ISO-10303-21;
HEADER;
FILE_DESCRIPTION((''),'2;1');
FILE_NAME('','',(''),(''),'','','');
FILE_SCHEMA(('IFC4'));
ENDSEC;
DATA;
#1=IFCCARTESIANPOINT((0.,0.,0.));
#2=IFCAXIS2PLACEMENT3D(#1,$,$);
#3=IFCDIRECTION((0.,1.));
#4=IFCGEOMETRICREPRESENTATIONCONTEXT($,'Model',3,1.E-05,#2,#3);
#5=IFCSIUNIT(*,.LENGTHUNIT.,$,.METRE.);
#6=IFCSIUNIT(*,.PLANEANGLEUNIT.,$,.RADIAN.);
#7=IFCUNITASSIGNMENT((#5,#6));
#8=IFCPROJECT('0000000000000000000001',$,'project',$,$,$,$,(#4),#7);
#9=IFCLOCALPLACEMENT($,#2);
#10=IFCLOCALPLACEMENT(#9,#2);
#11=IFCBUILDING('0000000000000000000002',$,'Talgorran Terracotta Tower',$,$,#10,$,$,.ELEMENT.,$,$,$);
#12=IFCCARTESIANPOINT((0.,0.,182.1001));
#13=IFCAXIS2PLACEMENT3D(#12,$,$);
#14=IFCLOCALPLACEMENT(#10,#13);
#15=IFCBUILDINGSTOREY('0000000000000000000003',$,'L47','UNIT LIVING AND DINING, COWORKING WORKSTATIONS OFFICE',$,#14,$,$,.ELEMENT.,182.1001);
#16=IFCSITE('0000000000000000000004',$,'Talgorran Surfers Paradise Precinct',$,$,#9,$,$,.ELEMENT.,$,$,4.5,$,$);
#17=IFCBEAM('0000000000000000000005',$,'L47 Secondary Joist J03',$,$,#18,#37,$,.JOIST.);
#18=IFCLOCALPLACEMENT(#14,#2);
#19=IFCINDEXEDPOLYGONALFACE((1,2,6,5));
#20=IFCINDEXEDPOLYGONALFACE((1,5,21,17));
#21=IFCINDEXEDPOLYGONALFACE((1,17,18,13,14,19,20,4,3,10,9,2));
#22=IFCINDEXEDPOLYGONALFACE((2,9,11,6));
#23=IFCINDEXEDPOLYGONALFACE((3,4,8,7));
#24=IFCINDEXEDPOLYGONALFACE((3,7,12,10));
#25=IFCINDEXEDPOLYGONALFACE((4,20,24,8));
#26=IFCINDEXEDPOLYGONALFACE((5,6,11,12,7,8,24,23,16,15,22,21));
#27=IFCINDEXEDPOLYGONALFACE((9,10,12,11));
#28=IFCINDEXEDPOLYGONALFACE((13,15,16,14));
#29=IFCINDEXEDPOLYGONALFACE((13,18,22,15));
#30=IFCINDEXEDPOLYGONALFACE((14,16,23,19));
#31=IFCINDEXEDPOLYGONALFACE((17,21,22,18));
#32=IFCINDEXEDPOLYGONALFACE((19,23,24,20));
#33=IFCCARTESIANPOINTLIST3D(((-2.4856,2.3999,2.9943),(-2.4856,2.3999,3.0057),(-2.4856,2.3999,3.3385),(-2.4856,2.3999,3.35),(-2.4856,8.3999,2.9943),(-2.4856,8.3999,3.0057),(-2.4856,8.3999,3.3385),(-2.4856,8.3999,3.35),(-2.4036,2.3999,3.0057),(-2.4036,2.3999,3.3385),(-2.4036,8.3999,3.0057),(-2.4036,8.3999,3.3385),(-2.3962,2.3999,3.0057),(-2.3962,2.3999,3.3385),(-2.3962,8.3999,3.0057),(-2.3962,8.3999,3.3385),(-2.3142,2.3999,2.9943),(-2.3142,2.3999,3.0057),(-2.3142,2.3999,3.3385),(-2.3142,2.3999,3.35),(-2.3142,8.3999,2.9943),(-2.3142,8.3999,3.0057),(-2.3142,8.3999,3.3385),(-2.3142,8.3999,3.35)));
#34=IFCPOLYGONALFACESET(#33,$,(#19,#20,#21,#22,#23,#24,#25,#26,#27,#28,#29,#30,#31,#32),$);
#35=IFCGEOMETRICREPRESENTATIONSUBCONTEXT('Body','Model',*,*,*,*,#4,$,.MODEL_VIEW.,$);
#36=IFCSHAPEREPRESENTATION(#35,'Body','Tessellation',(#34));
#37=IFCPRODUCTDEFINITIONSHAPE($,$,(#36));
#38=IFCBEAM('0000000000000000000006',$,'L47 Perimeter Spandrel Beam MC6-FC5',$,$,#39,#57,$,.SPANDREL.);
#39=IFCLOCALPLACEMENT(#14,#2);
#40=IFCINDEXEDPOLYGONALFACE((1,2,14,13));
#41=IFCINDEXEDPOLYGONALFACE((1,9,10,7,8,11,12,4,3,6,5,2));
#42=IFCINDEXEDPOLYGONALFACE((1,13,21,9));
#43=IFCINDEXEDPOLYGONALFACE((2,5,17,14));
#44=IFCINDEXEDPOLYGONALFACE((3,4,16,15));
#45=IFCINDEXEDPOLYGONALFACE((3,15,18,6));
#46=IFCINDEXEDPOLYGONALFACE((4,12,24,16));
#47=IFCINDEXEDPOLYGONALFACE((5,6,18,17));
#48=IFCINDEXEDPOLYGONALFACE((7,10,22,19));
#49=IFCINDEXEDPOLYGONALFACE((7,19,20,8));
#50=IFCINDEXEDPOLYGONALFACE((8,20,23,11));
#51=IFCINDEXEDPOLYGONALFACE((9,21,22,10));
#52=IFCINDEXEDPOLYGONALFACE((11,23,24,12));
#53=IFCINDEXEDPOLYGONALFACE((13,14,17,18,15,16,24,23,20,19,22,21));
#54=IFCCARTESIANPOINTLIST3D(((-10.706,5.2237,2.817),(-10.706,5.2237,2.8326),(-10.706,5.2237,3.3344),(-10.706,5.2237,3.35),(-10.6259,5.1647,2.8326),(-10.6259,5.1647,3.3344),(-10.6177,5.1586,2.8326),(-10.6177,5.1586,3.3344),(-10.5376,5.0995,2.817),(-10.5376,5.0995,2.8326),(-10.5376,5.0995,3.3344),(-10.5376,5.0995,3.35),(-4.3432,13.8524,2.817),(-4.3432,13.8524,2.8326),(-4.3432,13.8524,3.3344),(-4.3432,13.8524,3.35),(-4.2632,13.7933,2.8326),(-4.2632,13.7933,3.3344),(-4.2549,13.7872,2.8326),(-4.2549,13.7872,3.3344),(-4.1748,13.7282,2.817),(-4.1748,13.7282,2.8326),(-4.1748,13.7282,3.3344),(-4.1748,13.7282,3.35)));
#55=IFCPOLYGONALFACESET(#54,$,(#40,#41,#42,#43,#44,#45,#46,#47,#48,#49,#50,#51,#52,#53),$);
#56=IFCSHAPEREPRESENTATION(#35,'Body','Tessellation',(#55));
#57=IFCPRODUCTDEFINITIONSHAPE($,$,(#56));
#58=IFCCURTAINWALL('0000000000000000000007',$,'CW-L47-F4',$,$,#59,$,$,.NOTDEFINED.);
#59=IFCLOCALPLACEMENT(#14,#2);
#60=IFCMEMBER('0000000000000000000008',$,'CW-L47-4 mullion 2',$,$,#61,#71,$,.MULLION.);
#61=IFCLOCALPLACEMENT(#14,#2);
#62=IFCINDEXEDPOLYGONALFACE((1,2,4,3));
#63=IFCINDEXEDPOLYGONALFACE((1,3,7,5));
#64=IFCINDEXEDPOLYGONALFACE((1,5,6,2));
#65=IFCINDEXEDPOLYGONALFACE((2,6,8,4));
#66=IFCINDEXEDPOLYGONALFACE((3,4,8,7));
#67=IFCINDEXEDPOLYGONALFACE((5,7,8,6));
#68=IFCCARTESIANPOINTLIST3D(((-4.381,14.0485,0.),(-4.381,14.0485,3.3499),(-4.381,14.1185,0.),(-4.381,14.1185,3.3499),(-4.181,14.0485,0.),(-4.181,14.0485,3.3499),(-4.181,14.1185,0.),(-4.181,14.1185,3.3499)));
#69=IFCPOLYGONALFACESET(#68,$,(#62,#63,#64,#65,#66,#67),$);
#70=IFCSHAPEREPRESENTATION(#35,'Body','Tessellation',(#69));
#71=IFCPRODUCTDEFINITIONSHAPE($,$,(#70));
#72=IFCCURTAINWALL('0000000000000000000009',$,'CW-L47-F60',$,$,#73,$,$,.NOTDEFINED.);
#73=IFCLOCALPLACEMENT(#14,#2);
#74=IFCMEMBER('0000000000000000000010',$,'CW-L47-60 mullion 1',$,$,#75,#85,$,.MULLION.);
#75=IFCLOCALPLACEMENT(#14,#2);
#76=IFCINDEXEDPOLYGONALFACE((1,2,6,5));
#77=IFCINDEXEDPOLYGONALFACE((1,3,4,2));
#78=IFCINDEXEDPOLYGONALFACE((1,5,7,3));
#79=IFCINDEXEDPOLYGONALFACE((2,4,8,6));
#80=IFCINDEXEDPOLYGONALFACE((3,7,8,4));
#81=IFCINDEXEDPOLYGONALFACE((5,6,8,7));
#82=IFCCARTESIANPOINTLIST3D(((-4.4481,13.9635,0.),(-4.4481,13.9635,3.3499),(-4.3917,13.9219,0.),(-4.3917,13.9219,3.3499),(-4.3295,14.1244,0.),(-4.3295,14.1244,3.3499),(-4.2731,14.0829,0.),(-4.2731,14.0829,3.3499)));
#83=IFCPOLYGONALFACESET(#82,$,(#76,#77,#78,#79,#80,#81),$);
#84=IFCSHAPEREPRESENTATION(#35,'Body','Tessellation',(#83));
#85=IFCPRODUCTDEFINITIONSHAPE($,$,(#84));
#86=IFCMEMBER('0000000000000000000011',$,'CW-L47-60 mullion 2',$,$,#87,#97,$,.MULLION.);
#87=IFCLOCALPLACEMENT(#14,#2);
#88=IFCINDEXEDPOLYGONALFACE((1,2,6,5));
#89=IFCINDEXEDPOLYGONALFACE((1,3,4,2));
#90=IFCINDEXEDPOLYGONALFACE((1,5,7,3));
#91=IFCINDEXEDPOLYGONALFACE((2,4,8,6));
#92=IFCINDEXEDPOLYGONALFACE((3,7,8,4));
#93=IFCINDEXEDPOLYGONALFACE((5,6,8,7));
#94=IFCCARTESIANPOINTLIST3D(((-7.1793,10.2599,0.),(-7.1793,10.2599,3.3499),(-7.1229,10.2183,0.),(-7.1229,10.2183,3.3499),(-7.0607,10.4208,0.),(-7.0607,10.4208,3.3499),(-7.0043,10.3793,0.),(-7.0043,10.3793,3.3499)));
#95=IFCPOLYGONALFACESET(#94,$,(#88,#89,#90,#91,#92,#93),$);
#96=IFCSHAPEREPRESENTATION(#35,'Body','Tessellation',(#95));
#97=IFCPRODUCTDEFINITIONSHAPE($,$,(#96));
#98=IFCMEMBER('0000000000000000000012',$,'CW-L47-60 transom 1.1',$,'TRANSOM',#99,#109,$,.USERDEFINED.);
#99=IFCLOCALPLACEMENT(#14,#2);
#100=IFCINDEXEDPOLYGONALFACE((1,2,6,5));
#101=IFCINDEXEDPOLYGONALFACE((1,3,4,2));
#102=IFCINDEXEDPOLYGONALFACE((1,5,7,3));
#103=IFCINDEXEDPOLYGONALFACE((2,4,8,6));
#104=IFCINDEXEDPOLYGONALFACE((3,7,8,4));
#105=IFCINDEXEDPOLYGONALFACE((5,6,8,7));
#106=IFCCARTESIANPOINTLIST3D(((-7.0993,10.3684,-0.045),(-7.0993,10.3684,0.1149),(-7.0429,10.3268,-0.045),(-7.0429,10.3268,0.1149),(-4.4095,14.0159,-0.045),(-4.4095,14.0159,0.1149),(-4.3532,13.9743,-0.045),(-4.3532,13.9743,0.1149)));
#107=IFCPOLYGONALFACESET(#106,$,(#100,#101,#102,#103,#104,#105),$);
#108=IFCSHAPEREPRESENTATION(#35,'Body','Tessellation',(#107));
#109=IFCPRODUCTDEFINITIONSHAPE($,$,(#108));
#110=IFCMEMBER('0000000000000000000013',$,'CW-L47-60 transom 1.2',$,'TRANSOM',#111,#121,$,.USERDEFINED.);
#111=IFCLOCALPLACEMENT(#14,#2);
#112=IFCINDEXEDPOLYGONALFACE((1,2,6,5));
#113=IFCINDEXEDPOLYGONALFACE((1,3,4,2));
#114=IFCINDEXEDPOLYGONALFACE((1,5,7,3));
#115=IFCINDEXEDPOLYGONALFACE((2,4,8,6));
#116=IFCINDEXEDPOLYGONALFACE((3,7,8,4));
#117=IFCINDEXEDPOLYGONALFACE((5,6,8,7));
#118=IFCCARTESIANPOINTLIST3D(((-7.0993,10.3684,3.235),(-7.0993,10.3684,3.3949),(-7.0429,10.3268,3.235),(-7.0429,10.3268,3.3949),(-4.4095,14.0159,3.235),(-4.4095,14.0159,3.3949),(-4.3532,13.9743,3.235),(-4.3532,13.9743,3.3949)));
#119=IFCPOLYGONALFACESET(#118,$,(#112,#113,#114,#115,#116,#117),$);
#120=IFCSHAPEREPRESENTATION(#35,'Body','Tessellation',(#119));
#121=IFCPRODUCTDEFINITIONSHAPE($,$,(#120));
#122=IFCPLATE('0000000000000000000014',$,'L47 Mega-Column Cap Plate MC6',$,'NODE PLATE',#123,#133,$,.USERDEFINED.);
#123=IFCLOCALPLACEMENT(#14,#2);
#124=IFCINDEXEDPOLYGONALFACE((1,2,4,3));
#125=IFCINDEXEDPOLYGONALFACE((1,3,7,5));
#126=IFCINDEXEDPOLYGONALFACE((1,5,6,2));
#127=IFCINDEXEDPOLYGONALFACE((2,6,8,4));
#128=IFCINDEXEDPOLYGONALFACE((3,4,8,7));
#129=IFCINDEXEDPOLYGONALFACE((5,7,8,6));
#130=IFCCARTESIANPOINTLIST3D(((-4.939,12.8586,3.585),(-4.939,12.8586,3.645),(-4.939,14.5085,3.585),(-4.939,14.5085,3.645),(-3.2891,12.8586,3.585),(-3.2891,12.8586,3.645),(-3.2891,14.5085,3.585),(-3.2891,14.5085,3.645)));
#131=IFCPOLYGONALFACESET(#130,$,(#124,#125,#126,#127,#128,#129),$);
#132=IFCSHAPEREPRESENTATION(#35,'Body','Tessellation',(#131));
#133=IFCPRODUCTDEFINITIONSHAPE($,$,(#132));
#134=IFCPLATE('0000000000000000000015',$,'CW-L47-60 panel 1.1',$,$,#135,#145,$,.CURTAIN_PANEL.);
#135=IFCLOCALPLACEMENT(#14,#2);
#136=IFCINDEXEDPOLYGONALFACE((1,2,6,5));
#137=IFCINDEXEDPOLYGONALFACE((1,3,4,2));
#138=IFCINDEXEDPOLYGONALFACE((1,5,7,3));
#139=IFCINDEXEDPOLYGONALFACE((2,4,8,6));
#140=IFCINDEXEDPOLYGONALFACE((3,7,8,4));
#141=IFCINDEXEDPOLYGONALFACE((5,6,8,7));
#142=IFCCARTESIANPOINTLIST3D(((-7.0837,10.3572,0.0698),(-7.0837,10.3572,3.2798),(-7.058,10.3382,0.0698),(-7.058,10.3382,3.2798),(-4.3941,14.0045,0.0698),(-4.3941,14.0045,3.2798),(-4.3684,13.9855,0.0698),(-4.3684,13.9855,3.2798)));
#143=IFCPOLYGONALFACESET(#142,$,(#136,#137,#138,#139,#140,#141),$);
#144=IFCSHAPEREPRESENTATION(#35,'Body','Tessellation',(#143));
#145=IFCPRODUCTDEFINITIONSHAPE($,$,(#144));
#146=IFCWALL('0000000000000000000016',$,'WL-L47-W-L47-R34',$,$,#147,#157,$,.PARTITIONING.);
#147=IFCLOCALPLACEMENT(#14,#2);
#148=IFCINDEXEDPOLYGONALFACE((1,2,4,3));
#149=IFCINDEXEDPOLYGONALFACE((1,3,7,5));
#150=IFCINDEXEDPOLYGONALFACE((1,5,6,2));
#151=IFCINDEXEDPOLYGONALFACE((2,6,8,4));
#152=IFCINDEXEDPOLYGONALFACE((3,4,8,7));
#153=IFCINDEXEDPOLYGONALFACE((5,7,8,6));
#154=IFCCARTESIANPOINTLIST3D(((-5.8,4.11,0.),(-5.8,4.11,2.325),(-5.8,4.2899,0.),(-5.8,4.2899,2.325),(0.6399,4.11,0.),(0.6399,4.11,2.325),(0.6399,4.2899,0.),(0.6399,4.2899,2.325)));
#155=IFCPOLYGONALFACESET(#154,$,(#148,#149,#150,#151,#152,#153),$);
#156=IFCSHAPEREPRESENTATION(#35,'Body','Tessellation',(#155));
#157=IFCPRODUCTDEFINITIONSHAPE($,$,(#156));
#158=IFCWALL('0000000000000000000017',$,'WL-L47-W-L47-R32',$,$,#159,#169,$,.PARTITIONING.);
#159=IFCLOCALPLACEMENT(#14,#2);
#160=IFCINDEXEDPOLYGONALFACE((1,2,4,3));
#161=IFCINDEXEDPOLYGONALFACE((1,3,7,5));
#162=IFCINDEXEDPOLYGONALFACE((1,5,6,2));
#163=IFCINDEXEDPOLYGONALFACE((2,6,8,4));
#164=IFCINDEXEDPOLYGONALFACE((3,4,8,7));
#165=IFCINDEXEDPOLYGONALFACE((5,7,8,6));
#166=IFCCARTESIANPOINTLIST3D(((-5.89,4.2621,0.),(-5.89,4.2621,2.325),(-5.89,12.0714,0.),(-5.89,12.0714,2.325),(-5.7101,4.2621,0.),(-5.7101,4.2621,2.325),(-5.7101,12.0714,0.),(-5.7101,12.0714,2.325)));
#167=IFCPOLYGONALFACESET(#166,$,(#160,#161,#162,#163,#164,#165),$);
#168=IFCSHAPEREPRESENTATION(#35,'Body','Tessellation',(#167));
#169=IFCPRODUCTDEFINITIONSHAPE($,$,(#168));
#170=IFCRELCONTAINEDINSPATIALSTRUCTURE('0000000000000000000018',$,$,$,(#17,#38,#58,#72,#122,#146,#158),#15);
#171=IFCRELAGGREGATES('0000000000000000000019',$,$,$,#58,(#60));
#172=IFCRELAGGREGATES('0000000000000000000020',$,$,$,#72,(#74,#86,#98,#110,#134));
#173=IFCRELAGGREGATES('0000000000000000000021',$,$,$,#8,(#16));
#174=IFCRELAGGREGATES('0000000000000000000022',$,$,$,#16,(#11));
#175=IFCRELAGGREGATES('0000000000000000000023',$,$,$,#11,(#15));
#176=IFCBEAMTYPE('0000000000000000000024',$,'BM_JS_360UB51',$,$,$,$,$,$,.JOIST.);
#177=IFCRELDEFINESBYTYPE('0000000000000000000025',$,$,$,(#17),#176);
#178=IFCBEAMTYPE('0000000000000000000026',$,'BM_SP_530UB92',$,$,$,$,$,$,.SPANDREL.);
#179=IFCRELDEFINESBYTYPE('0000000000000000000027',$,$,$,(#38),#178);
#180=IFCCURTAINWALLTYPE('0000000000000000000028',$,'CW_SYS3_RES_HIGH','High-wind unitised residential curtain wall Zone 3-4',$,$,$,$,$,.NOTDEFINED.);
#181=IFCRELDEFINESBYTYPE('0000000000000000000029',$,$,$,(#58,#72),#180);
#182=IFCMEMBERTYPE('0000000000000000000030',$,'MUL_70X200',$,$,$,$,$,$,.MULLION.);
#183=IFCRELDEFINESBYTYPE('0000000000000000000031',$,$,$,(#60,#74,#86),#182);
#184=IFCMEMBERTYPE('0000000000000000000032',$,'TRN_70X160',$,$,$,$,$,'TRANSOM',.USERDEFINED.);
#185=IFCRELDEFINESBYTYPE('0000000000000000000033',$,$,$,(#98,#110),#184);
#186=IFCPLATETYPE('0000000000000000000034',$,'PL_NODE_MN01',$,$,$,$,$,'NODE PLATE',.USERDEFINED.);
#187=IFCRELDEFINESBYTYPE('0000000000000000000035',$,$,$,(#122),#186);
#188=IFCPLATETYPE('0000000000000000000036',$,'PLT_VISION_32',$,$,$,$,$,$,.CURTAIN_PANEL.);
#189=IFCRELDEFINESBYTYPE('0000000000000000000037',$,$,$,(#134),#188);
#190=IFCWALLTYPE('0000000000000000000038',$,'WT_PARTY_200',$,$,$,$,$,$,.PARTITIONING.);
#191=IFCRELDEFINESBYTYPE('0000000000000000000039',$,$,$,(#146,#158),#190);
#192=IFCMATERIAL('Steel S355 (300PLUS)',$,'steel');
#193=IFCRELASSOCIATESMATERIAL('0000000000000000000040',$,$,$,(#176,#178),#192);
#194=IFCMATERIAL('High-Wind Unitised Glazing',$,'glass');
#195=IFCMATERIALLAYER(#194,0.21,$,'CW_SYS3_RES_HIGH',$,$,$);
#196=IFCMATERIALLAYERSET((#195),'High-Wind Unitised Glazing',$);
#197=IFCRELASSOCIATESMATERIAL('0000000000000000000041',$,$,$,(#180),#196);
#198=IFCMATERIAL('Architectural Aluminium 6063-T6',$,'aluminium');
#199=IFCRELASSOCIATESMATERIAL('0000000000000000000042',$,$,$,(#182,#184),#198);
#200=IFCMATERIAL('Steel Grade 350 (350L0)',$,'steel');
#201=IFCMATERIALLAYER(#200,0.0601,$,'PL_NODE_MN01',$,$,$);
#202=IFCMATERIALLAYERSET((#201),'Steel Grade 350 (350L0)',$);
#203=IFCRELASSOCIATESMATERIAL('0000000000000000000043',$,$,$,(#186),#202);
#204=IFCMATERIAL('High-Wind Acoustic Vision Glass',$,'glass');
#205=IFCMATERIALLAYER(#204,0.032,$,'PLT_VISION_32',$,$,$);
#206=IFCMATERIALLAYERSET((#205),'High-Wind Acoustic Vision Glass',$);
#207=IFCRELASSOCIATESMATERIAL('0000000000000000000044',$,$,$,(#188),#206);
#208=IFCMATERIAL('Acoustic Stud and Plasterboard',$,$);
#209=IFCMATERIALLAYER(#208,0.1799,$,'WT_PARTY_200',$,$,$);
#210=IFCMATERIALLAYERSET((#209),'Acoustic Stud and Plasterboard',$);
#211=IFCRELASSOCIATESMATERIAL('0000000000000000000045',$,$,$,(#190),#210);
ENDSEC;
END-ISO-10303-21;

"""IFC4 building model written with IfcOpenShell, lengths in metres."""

from ifc_helpers import new_model, si_unit, direction, frame, frame_2d, origin, origin_2d, place, context, subcontext, project, spatial, rectangle, i_section, extrude, source, transform, mapped, material, layer, layer_set, material_profile, profile_set, type_object, type_shapes, element, aggregate, save


model = new_model("IFC4")

# Units and contexts
model_context = context("Model", 3, precision=1e-05, world=origin(), true_north=direction((0.0, 1.0)))
body_context = subcontext(model_context, "Body", "Model", "MODEL_VIEW")
ifc_project = project(units=[si_unit("LENGTHUNIT", "METRE"), si_unit("PLANEANGLEUNIT", "RADIAN")], contexts=[model_context])

# Site, building, storey
site_placement = place(None, origin())
site = spatial("IfcSite", under=ifc_project, at=site_placement, Name="Talgorran Surfers Paradise Precinct", CompositionType="ELEMENT", RefElevation=4.5)
building_placement = place(site_placement, origin())
building = spatial("IfcBuilding", under=site, at=building_placement, Name="Talgorran Terracotta Tower", CompositionType="ELEMENT")
storey_placement = place(building_placement, frame((0.0, 0.0, 182.1001)))
storey = spatial("IfcBuildingStorey", under=building, at=storey_placement, Name="L47", Description="UNIT LIVING AND DINING, COWORKING WORKSTATIONS OFFICE", CompositionType="ELEMENT", Elevation=182.1001)

# Shared definitions
ifc_material_1 = material(Name="Steel S355 (300PLUS)", Category="steel")
ifc_material_2 = material(Name="Steel Grade 350 (350L0)", Category="steel")

# Beams
ifc_material_profile_1 = material_profile(ifc_material_1, i_section(OverallWidth=0.1714, OverallDepth=0.3557, WebThickness=0.0073, FlangeThickness=0.0115, at=origin_2d()), Name="360UB50.7")
ifc_profile_set_1 = profile_set([ifc_material_profile_1], Name="Steel S355 (300PLUS)")
beam_type_1 = type_object("IfcBeamType", Name="BM_JS_360UB51", PredefinedType="JOIST", material=ifc_profile_set_1)
beam_1_placement = place(storey_placement, frame((-2.3999, 2.3999, 3.1721), z_axis=(0.0, 1.0, 0.0), x_axis=(-1.0, 0.0, 0.0)))
element("IfcBeam", 1, at=beam_1_placement, inside=storey, type_object=beam_type_1, Name="L47 Secondary Joist J03", PredefinedType="JOIST", context=body_context, shape_type="SweptSolid", body=[
    extrude(i_section(OverallWidth=0.1714, OverallDepth=0.3557, WebThickness=0.0073, FlangeThickness=0.0115, at=origin_2d()), origin(), (0.0, 0.0, 1.0), 6.0),
])
ifc_material_profile_2 = material_profile(ifc_material_1, i_section(OverallWidth=0.2092, OverallDepth=0.533, WebThickness=0.0103, FlangeThickness=0.0156, at=origin_2d()), Name="530UB92.4")
ifc_profile_set_2 = profile_set([ifc_material_profile_2], Name="Steel S355 (300PLUS)")
beam_type_2 = type_object("IfcBeamType", Name="BM_SP_530UB92", PredefinedType="SPANDREL", material=ifc_profile_set_2)
beam_2_placement = place(storey_placement, frame((-4.259, 13.7903, 3.0835), z_axis=(-0.593491, -0.804841, 0.0), x_axis=(0.804841, -0.593491, 0.0)))
element("IfcBeam", 2, at=beam_2_placement, inside=storey, type_object=beam_type_2, Name="L47 Perimeter Spandrel Beam MC6-FC5", PredefinedType="SPANDREL", context=body_context, shape_type="SweptSolid", body=[
    extrude(i_section(OverallWidth=0.2092, OverallDepth=0.533, WebThickness=0.0103, FlangeThickness=0.0156, at=origin_2d()), origin(), (0.0, 0.0, 1.0), 10.7209),
])

# Curtain wall, member
ifc_material_3 = material(Name="High-Wind Unitised Glazing", Category="glass")
ifc_layer_1 = layer(ifc_material_3, 0.21, Name="CW_SYS3_RES_HIGH")
ifc_layer_set_1 = layer_set([ifc_layer_1], Name="High-Wind Unitised Glazing")
curtain_wall_type = type_object("IfcCurtainWallType", Name="CW_SYS3_RES_HIGH", Description="High-wind unitised residential curtain wall Zone 3-4", PredefinedType="NOTDEFINED", material=ifc_layer_set_1)
curtain_wall_1_placement = place(storey_placement, origin())
curtain_wall_1 = element("IfcCurtainWall", 3, at=curtain_wall_1_placement, inside=storey, type_object=curtain_wall_type, Name="CW-L47-F4", PredefinedType="NOTDEFINED")
ifc_material_4 = material(Name="Architectural Aluminium 6063-T6", Category="aluminium")
ifc_material_profile_3 = material_profile(ifc_material_4, rectangle(XDim=0.0701, YDim=0.2, at=origin_2d()), Name="CWM70X200")
ifc_profile_set_3 = profile_set([ifc_material_profile_3], Name="Architectural Aluminium 6063-T6")
member_type_1 = type_object("IfcMemberType", Name="MUL_70X200", PredefinedType="MULLION", material=ifc_profile_set_3)
member_1_placement = place(storey_placement, frame((-4.281, 14.0835, 0.0), z_axis=(0.0, 0.0, 1.0), x_axis=(0.0, -1.0, 0.0)))
member_1 = element("IfcMember", 4, at=member_1_placement, type_object=member_type_1, Name="CW-L47-4 mullion 2", PredefinedType="MULLION", context=body_context, shape_type="SweptSolid", body=[
    extrude(rectangle(XDim=0.0701, YDim=0.2, at=origin_2d()), origin(), (0.0, 0.0, 1.0), 3.3499),
])
aggregate(curtain_wall_1, [member_1])

# Curtain wall, members
curtain_wall_2_placement = place(storey_placement, origin())
curtain_wall_2 = element("IfcCurtainWall", 5, at=curtain_wall_2_placement, inside=storey, type_object=curtain_wall_type, Name="CW-L47-F60", PredefinedType="NOTDEFINED")
member_2_placement = place(storey_placement, frame((-4.3606, 14.0232, 0.0), z_axis=(0.0, 0.0, 1.0), x_axis=(0.804834, -0.593501, 0.0)))
member_2 = element("IfcMember", 6, at=member_2_placement, type_object=member_type_1, Name="CW-L47-60 mullion 1", PredefinedType="MULLION", context=body_context, shape_type="SweptSolid", body=[
    extrude(rectangle(XDim=0.0701, YDim=0.2, at=origin_2d()), origin(), (0.0, 0.0, 1.0), 3.3499),
])
member_3_placement = place(storey_placement, frame((-7.0918, 10.3196, 0.0), z_axis=(0.0, 0.0, 1.0), x_axis=(0.804834, -0.593501, 0.0)))
member_3 = element("IfcMember", 7, at=member_3_placement, type_object=member_type_1, Name="CW-L47-60 mullion 2", PredefinedType="MULLION", context=body_context, shape_type="SweptSolid", body=[
    extrude(rectangle(XDim=0.0701, YDim=0.2, at=origin_2d()), origin(), (0.0, 0.0, 1.0), 3.3499),
])
ifc_material_profile_4 = material_profile(ifc_material_4, rectangle(XDim=0.0701, YDim=0.1599, at=origin_2d()), Name="CWT70X160")
ifc_profile_set_4 = profile_set([ifc_material_profile_4], Name="Architectural Aluminium 6063-T6")
member_type_2 = type_object("IfcMemberType", Name="TRN_70X160", ElementType="TRANSOM", PredefinedType="USERDEFINED", material=ifc_profile_set_4)
member_4_placement = place(storey_placement, frame((-4.3813, 13.9951, 0.0349), z_axis=(-0.593499, -0.804835, 0.0), x_axis=(0.804835, -0.593499, 0.0)))
member_4 = element("IfcMember", 8, at=member_4_placement, type_object=member_type_2, Name="CW-L47-60 transom 1.1", ObjectType="TRANSOM", PredefinedType="USERDEFINED", context=body_context, shape_type="SweptSolid", body=[
    extrude(rectangle(XDim=0.0701, YDim=0.1599, at=origin_2d()), origin(), (0.0, 0.0, 1.0), 4.532),
])
member_5_placement = place(storey_placement, frame((-4.3813, 13.9951, 3.3149), z_axis=(-0.593499, -0.804835, 0.0), x_axis=(0.804835, -0.593499, 0.0)))
member_5 = element("IfcMember", 9, at=member_5_placement, type_object=member_type_2, Name="CW-L47-60 transom 1.2", ObjectType="TRANSOM", PredefinedType="USERDEFINED", context=body_context, shape_type="SweptSolid", body=[
    extrude(rectangle(XDim=0.0701, YDim=0.1599, at=origin_2d()), origin(), (0.0, 0.0, 1.0), 4.532),
])

# Plates
ifc_layer_2 = layer(ifc_material_2, 0.0601, Name="PL_NODE_MN01")
ifc_layer_set_2 = layer_set([ifc_layer_2], Name="Steel Grade 350 (350L0)")
plate_type_1 = type_object("IfcPlateType", Name="PL_NODE_MN01", ElementType="NODE PLATE", PredefinedType="USERDEFINED", material=ifc_layer_set_2)
plate_1_placement = place(storey_placement, frame((-4.114, 13.6836, 3.585), z_axis=(0.0, 0.0, 1.0), x_axis=(1.0, 0.0, 0.0)))
element("IfcPlate", 10, at=plate_1_placement, inside=storey, type_object=plate_type_1, Name="L47 Mega-Column Cap Plate MC6", ObjectType="NODE PLATE", PredefinedType="USERDEFINED", context=body_context, shape_type="SweptSolid", body=[
    extrude(rectangle(XDim=1.6499, YDim=1.6499, at=origin_2d()), origin(), (0.0, 0.0, 1.0), 0.0601),
])
ifc_material_5 = material(Name="High-Wind Acoustic Vision Glass", Category="glass")
ifc_layer_3 = layer(ifc_material_5, 0.032, Name="PLT_VISION_32")
ifc_layer_set_3 = layer_set([ifc_layer_3], Name="High-Wind Acoustic Vision Glass")
plate_type_2 = type_object("IfcPlateType", Name="PLT_VISION_32", PredefinedType="CURTAIN_PANEL", material=ifc_layer_set_3)
shared_shape = source(origin(), body_context, "Body", "SweptSolid", [
    extrude(rectangle(XDim=4.5317, YDim=0.032, at=origin_2d()), origin(), (0.0, 0.0, 1.0), 3.21),
])
type_shapes(plate_type_2, [shared_shape])
plate_2_placement = place(storey_placement, frame((-5.7261, 12.1714, 0.0698), z_axis=(0.0, 0.0, 1.0), x_axis=(-0.593501, -0.804834, 0.0)))
plate_2 = element("IfcPlate", 11, at=plate_2_placement, type_object=plate_type_2, Name="CW-L47-60 panel 1.1", PredefinedType="CURTAIN_PANEL", context=body_context, shape_type="MappedRepresentation", body=[
    mapped(shared_shape, transform((0.0, 0.0, 0.0), scale=1.0)),
])
aggregate(curtain_wall_2, [member_2, member_3, member_4, member_5, plate_2])

# Walls
ifc_material_6 = material(Name="Acoustic Stud and Plasterboard")
ifc_layer_4 = layer(ifc_material_6, 0.1799, Name="WT_PARTY_200")
ifc_layer_set_4 = layer_set([ifc_layer_4], Name="Acoustic Stud and Plasterboard")
wall_type_1 = type_object("IfcWallType", Name="WT_PARTY_200", PredefinedType="PARTITIONING", material=ifc_layer_set_4)
wall_1_placement = place(storey_placement, frame((-5.8, 4.2, 0.0), z_axis=(0.0, 0.0, 1.0), x_axis=(1.0, 0.0, 0.0)))
element("IfcWall", 12, at=wall_1_placement, inside=storey, type_object=wall_type_1, Name="WL-L47-W-L47-R34", PredefinedType="PARTITIONING", context=body_context, shape_type="SweptSolid", body=[
    extrude(rectangle(XDim=6.4399, YDim=0.1799, at=frame_2d((3.22, 0.0))), origin(), (0.0, 0.0, 1.0), 2.325),
])
wall_2_placement = place(storey_placement, frame((-5.8, 4.262, 0.0), z_axis=(0.0, 0.0, 1.0), x_axis=(0.0, 1.0, 0.0)))
element("IfcWall", 13, at=wall_2_placement, inside=storey, type_object=wall_type_1, Name="WL-L47-W-L47-R32", PredefinedType="PARTITIONING", context=body_context, shape_type="SweptSolid", body=[
    extrude(rectangle(XDim=7.8093, YDim=0.1799, at=frame_2d((3.9048, 0.0))), origin(), (0.0, 0.0, 1.0), 2.325),
])

save(model, "model.ifc")
